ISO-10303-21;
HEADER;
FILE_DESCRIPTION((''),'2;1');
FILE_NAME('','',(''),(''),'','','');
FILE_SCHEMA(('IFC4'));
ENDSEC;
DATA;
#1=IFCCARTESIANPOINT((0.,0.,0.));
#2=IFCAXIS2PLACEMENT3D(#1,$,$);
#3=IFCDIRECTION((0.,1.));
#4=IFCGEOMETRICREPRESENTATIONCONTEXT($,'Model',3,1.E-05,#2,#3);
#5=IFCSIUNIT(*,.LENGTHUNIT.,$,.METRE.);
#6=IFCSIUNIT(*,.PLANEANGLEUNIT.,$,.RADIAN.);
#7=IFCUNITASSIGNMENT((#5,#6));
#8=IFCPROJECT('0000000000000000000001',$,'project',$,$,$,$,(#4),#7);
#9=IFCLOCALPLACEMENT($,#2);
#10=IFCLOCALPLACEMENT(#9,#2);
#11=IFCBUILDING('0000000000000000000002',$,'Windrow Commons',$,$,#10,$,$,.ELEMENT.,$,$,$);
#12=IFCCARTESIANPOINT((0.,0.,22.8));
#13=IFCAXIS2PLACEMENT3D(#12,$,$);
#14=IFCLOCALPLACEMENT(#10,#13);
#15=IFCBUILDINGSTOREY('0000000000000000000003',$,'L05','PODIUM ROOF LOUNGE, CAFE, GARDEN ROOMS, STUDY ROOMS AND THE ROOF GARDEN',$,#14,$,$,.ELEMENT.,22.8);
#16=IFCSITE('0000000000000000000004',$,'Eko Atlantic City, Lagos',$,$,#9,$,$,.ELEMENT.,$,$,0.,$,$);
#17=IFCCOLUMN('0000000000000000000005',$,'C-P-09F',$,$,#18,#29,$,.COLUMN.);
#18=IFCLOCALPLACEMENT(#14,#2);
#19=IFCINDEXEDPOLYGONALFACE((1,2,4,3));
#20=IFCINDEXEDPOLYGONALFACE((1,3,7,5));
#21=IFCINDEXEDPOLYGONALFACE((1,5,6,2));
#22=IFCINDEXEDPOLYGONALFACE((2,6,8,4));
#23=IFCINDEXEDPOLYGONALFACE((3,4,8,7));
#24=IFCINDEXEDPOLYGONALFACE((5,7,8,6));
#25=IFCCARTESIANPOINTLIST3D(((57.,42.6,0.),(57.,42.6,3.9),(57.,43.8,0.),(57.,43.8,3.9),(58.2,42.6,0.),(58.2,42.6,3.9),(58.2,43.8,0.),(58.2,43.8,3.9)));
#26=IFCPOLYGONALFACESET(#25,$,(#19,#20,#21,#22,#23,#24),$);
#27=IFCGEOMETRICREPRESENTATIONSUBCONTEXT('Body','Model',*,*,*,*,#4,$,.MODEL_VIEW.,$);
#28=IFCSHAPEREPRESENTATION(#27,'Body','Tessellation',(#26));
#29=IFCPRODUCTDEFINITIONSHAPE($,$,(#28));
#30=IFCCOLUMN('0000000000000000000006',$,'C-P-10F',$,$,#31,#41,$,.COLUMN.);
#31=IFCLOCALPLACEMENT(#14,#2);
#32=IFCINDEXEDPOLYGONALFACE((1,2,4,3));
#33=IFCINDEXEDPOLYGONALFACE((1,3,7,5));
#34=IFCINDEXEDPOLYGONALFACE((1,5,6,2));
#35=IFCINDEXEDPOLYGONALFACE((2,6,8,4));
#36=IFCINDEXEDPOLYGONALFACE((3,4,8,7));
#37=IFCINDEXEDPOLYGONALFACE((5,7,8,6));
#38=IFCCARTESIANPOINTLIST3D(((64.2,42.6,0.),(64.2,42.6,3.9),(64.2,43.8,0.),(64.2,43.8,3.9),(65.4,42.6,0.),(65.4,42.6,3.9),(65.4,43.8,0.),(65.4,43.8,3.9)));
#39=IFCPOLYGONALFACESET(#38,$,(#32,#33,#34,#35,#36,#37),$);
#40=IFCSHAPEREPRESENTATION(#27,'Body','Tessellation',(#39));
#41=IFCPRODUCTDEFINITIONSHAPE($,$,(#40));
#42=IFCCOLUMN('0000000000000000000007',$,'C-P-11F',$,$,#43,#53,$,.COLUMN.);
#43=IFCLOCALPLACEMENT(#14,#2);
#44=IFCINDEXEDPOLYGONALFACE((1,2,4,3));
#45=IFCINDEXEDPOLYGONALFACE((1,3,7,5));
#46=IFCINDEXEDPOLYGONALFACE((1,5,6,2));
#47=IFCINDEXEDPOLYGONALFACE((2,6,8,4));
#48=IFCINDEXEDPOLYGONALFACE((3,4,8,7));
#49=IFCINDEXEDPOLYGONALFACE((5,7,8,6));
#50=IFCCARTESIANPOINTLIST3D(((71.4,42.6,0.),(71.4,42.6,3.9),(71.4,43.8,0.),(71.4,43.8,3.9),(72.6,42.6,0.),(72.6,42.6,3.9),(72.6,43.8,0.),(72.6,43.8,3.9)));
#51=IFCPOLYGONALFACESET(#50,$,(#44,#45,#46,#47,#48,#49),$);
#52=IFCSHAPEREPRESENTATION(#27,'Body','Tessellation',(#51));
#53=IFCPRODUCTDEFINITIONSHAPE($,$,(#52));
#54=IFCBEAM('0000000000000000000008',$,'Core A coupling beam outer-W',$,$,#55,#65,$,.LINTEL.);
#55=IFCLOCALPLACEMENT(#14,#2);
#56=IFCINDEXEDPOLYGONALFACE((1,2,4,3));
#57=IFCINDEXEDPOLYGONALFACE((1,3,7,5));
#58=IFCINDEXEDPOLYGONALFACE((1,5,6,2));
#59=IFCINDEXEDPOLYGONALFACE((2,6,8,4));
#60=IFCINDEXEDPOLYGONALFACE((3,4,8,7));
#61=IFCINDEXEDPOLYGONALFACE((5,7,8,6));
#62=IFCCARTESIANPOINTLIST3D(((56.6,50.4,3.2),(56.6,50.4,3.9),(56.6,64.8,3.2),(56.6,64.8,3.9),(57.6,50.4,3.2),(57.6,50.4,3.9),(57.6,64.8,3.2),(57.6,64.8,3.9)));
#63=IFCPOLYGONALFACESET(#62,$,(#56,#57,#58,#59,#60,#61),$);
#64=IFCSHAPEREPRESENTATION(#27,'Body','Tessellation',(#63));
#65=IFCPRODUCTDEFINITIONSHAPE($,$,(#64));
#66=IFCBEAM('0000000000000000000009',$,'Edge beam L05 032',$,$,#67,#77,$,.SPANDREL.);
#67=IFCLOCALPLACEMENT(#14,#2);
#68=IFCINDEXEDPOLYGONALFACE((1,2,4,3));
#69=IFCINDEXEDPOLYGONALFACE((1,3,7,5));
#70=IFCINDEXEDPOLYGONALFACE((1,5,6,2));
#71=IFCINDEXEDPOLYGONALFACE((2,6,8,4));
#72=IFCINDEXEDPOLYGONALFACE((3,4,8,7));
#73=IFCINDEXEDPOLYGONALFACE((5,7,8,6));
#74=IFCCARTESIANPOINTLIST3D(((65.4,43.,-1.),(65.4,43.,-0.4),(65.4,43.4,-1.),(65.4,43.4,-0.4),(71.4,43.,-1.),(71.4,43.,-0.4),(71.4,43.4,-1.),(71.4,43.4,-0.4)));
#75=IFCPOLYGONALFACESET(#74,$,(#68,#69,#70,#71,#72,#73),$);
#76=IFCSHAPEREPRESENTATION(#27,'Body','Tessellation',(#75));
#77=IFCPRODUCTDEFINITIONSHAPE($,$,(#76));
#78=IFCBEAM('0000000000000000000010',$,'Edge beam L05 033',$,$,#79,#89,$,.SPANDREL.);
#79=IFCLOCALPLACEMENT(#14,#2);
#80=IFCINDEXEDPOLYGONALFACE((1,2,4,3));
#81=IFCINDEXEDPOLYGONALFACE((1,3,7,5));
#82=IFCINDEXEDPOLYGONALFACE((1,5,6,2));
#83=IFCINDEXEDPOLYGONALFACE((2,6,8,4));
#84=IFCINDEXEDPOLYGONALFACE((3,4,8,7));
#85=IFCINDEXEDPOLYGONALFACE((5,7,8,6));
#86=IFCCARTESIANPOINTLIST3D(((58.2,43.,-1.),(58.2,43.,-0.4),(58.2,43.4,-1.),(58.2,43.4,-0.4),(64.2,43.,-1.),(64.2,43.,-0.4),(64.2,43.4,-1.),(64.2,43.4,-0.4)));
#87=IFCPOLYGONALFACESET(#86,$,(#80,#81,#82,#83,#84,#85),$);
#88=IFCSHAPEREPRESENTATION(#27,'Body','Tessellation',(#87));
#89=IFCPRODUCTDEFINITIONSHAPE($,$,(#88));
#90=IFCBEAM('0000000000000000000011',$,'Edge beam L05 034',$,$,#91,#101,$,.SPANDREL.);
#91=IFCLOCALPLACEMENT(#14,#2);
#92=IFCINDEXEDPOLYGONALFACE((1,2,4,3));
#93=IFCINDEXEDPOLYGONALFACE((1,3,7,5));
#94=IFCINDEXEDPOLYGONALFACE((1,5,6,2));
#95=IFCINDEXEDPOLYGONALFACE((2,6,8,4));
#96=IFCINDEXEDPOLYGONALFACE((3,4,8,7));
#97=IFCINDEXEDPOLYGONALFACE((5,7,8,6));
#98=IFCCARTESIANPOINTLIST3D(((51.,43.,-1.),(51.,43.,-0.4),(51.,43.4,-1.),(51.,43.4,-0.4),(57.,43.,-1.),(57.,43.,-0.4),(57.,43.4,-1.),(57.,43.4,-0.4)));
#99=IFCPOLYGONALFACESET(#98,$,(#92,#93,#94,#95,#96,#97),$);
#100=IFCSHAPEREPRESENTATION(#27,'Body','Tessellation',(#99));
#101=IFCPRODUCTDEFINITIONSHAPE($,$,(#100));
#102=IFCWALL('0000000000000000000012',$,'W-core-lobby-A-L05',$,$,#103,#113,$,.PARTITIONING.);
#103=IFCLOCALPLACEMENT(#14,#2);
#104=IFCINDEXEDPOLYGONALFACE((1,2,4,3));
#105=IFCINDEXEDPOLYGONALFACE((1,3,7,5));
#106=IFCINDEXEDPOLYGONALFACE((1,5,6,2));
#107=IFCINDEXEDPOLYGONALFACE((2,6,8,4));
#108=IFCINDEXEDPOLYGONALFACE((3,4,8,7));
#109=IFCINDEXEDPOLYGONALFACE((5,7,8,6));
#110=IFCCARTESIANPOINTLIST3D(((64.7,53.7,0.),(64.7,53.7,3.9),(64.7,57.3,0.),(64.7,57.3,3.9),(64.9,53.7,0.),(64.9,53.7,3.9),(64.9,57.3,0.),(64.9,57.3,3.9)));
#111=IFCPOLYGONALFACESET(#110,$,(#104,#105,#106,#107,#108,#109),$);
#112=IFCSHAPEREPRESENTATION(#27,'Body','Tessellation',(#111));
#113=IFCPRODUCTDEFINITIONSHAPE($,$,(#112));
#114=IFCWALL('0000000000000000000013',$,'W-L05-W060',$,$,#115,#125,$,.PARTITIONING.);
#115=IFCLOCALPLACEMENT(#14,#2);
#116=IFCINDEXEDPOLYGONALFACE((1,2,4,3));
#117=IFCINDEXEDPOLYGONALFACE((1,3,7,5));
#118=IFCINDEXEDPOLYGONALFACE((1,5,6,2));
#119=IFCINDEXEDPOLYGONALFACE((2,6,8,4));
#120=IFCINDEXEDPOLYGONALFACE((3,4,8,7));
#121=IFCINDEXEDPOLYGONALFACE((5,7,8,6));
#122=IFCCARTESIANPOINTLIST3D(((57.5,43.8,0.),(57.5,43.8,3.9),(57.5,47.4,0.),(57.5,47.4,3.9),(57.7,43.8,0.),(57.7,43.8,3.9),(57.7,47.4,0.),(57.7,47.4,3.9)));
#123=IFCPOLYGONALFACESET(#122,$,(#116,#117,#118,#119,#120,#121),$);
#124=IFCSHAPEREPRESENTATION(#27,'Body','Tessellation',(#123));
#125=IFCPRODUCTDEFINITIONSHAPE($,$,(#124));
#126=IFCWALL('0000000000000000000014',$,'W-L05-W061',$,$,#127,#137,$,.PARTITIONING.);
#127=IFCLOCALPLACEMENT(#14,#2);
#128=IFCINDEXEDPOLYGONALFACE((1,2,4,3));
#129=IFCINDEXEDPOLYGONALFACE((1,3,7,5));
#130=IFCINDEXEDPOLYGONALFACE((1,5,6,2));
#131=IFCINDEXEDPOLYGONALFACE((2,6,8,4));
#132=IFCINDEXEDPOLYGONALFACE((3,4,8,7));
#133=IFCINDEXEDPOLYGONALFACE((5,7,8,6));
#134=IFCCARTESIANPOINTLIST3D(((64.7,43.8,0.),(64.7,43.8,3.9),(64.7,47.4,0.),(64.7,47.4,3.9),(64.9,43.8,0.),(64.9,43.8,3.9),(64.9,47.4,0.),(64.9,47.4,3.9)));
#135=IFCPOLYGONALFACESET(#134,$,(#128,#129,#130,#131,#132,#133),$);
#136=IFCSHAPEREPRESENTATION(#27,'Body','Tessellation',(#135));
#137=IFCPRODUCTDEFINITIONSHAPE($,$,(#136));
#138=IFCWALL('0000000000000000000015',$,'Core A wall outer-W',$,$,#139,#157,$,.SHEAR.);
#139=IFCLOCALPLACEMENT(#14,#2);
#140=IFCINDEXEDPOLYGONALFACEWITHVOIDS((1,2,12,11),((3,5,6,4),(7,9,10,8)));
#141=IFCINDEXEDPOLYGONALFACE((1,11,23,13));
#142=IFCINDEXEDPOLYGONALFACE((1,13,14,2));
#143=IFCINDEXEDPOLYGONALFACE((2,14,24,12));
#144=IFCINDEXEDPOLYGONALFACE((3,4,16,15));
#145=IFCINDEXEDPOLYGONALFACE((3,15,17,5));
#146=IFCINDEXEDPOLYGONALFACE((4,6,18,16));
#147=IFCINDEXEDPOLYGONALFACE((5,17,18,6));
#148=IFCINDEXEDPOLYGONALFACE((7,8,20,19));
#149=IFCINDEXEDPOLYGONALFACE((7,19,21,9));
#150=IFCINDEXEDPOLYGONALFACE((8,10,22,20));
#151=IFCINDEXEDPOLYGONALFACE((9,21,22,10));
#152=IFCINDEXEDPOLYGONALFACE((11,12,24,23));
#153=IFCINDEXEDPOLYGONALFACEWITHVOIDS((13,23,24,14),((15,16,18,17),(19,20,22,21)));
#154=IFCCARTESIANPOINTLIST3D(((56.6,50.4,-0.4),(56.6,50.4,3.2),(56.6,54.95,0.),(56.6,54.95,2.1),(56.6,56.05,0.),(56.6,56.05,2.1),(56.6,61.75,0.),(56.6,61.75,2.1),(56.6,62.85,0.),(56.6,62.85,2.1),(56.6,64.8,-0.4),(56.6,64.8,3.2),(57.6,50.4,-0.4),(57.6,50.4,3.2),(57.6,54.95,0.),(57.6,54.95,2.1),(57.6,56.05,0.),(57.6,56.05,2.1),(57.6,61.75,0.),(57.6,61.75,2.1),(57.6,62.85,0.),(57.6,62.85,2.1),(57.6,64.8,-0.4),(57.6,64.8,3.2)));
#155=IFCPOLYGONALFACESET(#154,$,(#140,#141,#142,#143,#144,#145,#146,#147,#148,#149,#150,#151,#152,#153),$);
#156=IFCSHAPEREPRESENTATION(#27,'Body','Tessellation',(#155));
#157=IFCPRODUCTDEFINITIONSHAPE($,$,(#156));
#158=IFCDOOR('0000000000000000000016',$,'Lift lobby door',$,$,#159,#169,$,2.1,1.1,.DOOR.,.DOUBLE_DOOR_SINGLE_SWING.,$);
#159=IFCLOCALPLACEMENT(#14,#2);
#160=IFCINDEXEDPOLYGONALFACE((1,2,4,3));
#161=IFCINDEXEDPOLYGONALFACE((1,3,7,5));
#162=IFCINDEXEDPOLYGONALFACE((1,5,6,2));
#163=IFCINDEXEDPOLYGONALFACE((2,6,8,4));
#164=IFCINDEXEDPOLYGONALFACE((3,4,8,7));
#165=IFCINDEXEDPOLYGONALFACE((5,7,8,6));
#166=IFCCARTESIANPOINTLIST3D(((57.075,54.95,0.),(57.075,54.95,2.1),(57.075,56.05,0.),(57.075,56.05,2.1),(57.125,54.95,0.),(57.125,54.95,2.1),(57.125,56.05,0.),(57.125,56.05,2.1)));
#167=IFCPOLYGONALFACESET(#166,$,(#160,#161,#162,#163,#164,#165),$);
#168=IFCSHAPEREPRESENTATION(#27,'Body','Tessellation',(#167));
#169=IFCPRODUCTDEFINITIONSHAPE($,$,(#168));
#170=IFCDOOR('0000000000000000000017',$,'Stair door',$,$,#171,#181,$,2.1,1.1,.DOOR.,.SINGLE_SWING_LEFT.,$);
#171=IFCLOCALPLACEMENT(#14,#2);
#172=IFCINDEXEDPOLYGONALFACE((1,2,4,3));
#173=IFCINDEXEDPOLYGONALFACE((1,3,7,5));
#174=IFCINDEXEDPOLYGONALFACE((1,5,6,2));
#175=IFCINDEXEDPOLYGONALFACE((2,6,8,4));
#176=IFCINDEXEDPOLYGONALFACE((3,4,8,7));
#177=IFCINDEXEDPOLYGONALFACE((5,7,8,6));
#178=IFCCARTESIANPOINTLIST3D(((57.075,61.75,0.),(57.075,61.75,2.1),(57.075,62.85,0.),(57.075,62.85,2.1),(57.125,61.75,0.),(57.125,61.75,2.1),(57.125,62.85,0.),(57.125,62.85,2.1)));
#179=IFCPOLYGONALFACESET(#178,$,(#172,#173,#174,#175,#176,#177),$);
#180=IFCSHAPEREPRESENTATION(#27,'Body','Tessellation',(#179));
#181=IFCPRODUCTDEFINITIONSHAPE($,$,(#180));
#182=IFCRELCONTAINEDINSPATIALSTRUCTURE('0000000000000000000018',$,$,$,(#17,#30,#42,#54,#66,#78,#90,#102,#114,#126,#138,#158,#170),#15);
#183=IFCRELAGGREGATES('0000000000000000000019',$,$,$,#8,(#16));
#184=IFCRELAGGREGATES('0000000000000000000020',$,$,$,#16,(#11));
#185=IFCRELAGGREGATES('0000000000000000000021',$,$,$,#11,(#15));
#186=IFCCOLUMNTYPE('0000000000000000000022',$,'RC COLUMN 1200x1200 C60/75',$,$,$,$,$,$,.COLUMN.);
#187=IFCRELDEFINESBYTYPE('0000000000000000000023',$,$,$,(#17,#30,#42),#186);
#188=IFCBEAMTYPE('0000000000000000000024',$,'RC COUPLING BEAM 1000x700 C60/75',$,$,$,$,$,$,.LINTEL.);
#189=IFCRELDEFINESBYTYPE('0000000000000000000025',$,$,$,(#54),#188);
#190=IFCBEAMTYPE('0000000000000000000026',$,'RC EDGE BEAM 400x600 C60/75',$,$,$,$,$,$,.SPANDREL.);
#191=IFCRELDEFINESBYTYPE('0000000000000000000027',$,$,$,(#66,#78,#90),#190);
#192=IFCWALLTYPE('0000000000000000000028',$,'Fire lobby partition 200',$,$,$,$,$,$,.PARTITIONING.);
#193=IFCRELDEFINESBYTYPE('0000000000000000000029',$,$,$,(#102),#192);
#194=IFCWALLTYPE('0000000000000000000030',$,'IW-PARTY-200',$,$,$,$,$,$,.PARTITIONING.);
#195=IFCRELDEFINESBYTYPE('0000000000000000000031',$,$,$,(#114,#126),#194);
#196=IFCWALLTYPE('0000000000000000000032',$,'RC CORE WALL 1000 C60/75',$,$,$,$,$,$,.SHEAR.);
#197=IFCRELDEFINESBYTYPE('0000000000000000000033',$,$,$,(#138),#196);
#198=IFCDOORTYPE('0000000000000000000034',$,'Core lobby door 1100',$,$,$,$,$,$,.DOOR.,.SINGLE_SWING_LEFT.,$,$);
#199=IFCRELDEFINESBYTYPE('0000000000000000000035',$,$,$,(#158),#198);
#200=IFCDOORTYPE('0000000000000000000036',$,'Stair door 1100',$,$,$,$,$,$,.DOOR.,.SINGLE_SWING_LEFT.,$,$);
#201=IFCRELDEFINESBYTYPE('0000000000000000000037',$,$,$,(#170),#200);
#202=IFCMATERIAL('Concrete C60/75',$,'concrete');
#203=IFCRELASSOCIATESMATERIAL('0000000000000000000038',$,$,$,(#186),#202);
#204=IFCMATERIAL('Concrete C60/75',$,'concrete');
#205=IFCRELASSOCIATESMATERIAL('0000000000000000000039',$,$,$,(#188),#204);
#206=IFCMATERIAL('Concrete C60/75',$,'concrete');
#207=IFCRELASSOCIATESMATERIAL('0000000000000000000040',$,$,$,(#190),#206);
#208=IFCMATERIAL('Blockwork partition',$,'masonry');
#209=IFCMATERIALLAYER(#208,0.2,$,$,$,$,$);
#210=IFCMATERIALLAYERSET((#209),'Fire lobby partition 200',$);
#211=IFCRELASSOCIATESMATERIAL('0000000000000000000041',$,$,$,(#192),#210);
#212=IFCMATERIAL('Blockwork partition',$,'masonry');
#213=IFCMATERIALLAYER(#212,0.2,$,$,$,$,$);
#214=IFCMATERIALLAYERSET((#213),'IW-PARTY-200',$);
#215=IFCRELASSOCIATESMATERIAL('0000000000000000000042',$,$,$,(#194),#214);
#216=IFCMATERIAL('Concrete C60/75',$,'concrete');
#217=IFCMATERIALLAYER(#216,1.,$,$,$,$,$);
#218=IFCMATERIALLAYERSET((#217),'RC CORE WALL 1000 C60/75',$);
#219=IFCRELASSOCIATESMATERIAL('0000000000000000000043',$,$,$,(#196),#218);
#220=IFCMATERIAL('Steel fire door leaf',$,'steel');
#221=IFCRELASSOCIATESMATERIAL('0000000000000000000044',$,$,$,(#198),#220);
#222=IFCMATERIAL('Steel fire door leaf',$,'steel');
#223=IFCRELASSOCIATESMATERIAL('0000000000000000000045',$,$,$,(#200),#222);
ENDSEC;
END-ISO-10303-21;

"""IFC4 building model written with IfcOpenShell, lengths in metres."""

from ifc_helpers import new_model, si_unit, direction, frame, frame_2d, origin, origin_2d, place, context, subcontext, project, spatial, rectangle, extrude, material, layer, layer_set, material_profile, profile_set, type_object, element, fill, save


model = new_model("IFC4")

# Units and contexts
model_context = context("Model", 3, precision=1e-05, world=origin(), true_north=direction((0.0, 1.0)))
body_context = subcontext(model_context, "Body", "Model", "MODEL_VIEW")
ifc_project = project(units=[si_unit("LENGTHUNIT", "METRE"), si_unit("PLANEANGLEUNIT", "RADIAN")], contexts=[model_context])

# Site, building, storey
site_placement = place(None, origin())
site = spatial("IfcSite", under=ifc_project, at=site_placement, Name="Eko Atlantic City, Lagos", CompositionType="ELEMENT", RefElevation=0.0)
building_placement = place(site_placement, origin())
building = spatial("IfcBuilding", under=site, at=building_placement, Name="Windrow Commons", CompositionType="ELEMENT")
storey_placement = place(building_placement, frame((0.0, 0.0, 22.8)))
storey = spatial("IfcBuildingStorey", under=building, at=storey_placement, Name="L05", Description="PODIUM ROOF LOUNGE, CAFE, GARDEN ROOMS, STUDY ROOMS AND THE ROOF GARDEN", CompositionType="ELEMENT", Elevation=22.8)

# Columns
ifc_material_1 = material(Name="Concrete C60/75", Category="concrete")
ifc_material_profile_1 = material_profile(ifc_material_1, rectangle(XDim=1.2, YDim=1.2, at=origin_2d()))
ifc_profile_set_1 = profile_set([ifc_material_profile_1], Name="Concrete C60/75")
column_type = type_object("IfcColumnType", Name="RC COLUMN 1200x1200 C60/75", PredefinedType="COLUMN", material=ifc_profile_set_1)
for number, where, z_axis, x_axis, name in (
    (1, (57.6, 43.2, 0.0), (0.0, 0.0, 1.0), (1.0, 0.0, 0.0), "C-P-09F"),
    (2, (64.8, 43.2, 0.0), (0.0, 0.0, 1.0), (1.0, 0.0, 0.0), "C-P-10F"),
    (3, (72.0, 43.2, 0.0), (0.0, 0.0, 1.0), (1.0, 0.0, 0.0), "C-P-11F"),
):
    element("IfcColumn", number, at=place(storey_placement, frame(where, z_axis=z_axis, x_axis=x_axis)), inside=storey, type_object=column_type, Name=name, PredefinedType="COLUMN", context=body_context, shape_type="SweptSolid", body=[
        extrude(rectangle(XDim=1.2, YDim=1.2, at=origin_2d()), origin(), (0.0, 0.0, 1.0), 3.9),
    ])

# Beams
ifc_material_2 = material(Name="Concrete C60/75", Category="concrete")
ifc_material_profile_2 = material_profile(ifc_material_2, rectangle(XDim=1.0, YDim=0.7, at=origin_2d()))
ifc_profile_set_2 = profile_set([ifc_material_profile_2], Name="Concrete C60/75")
beam_type_1 = type_object("IfcBeamType", Name="RC COUPLING BEAM 1000x700 C60/75", PredefinedType="LINTEL", material=ifc_profile_set_2)
beam_placement = place(storey_placement, frame((57.1, 50.4, 3.55), z_axis=(0.0, 1.0, 0.0), x_axis=(-1.0, 0.0, 0.0)))
element("IfcBeam", 4, at=beam_placement, inside=storey, type_object=beam_type_1, Name="Core A coupling beam outer-W", PredefinedType="LINTEL", context=body_context, shape_type="SweptSolid", body=[
    extrude(rectangle(XDim=1.0, YDim=0.7, at=origin_2d()), origin(), (0.0, 0.0, 1.0), 14.4),
])
ifc_material_3 = material(Name="Concrete C60/75", Category="concrete")
ifc_material_profile_3 = material_profile(ifc_material_3, rectangle(XDim=0.4, YDim=0.6, at=origin_2d()))
ifc_profile_set_3 = profile_set([ifc_material_profile_3], Name="Concrete C60/75")
beam_type_2 = type_object("IfcBeamType", Name="RC EDGE BEAM 400x600 C60/75", PredefinedType="SPANDREL", material=ifc_profile_set_3)
for number, where, z_axis, x_axis, name in (
    (5, (71.4, 43.2, -0.7), (-1.0, 0.0, 0.0), (0.0, -1.0, 0.0), "Edge beam L05 032"),
    (6, (64.2, 43.2, -0.7), (-1.0, 0.0, 0.0), (0.0, -1.0, 0.0), "Edge beam L05 033"),
    (7, (57.0, 43.2, -0.7), (-1.0, 0.0, 0.0), (0.0, -1.0, 0.0), "Edge beam L05 034"),
):
    element("IfcBeam", number, at=place(storey_placement, frame(where, z_axis=z_axis, x_axis=x_axis)), inside=storey, type_object=beam_type_2, Name=name, PredefinedType="SPANDREL", context=body_context, shape_type="SweptSolid", body=[
        extrude(rectangle(XDim=0.4, YDim=0.6, at=origin_2d()), origin(), (0.0, 0.0, 1.0), 6.0),
    ])

# Walls
ifc_material_4 = material(Name="Blockwork partition", Category="masonry")
ifc_layer_1 = layer(ifc_material_4, 0.2)
ifc_layer_set_1 = layer_set([ifc_layer_1], Name="Fire lobby partition 200")
wall_type_1 = type_object("IfcWallType", Name="Fire lobby partition 200", PredefinedType="PARTITIONING", material=ifc_layer_set_1)
wall_1_placement = place(storey_placement, frame((64.8, 53.7, 0.0), z_axis=(0.0, 0.0, 1.0), x_axis=(0.0, 1.0, 0.0)))
element("IfcWall", 8, at=wall_1_placement, inside=storey, type_object=wall_type_1, Name="W-core-lobby-A-L05", PredefinedType="PARTITIONING", context=body_context, shape_type="SweptSolid", body=[
    extrude(rectangle(XDim=3.6, YDim=0.2, at=frame_2d((1.8, 0.0))), origin(), (0.0, 0.0, 1.0), 3.9),
])
ifc_material_5 = material(Name="Blockwork partition", Category="masonry")
ifc_layer_2 = layer(ifc_material_5, 0.2)
ifc_layer_set_2 = layer_set([ifc_layer_2], Name="IW-PARTY-200")
wall_type_2 = type_object("IfcWallType", Name="IW-PARTY-200", PredefinedType="PARTITIONING", material=ifc_layer_set_2)
for number, where, z_axis, x_axis, name in (
    (9, (57.6, 43.8, 0.0), (0.0, 0.0, 1.0), (0.0, 1.0, 0.0), "W-L05-W060"),
    (10, (64.8, 43.8, 0.0), (0.0, 0.0, 1.0), (0.0, 1.0, 0.0), "W-L05-W061"),
):
    element("IfcWall", number, at=place(storey_placement, frame(where, z_axis=z_axis, x_axis=x_axis)), inside=storey, type_object=wall_type_2, Name=name, PredefinedType="PARTITIONING", context=body_context, shape_type="SweptSolid", body=[
        extrude(rectangle(XDim=3.6, YDim=0.2, at=frame_2d((1.8, 0.0))), origin(), (0.0, 0.0, 1.0), 3.9),
    ])

# Wall, openings, doors
ifc_material_6 = material(Name="Concrete C60/75", Category="concrete")
ifc_layer_3 = layer(ifc_material_6, 1.0)
ifc_layer_set_3 = layer_set([ifc_layer_3], Name="RC CORE WALL 1000 C60/75")
wall_type_3 = type_object("IfcWallType", Name="RC CORE WALL 1000 C60/75", PredefinedType="SHEAR", material=ifc_layer_set_3)
wall_2_placement = place(storey_placement, frame((57.1, 50.4, -0.4), z_axis=(0.0, 0.0, 1.0), x_axis=(0.0, 1.0, 0.0)))
wall_2 = element("IfcWall", 11, at=wall_2_placement, inside=storey, type_object=wall_type_3, Name="Core A wall outer-W", PredefinedType="SHEAR", context=body_context, shape_type="SweptSolid", body=[
    extrude(rectangle(XDim=14.4, YDim=1.0, at=frame_2d((7.2, 0.0))), origin(), (0.0, 0.0, 1.0), 3.6),
])
opening_1_placement = place(wall_2_placement, frame((4.55, 0.0, 0.4)))
opening_1 = element("IfcOpeningElement", 12, at=opening_1_placement, cuts=wall_2, PredefinedType="OPENING", context=body_context, shape_type="SweptSolid", body=[
    extrude(rectangle(XDim=1.1, YDim=2.1, at=frame_2d((0.55, 1.05))), frame((0.0, 0.51, 0.0), z_axis=(0.0, -1.0, 0.0), x_axis=(1.0, 0.0, 0.0)), (0.0, 0.0, 1.0), 1.02),
])
opening_2_placement = place(wall_2_placement, frame((11.35, 0.0, 0.4)))
opening_2 = element("IfcOpeningElement", 13, at=opening_2_placement, cuts=wall_2, PredefinedType="OPENING", context=body_context, shape_type="SweptSolid", body=[
    extrude(rectangle(XDim=1.1, YDim=2.1, at=frame_2d((0.55, 1.05))), frame((0.0, 0.51, 0.0), z_axis=(0.0, -1.0, 0.0), x_axis=(1.0, 0.0, 0.0)), (0.0, 0.0, 1.0), 1.02),
])
ifc_material_7 = material(Name="Steel fire door leaf", Category="steel")
door_type_1 = type_object("IfcDoorType", Name="Core lobby door 1100", OperationType="SINGLE_SWING_LEFT", PredefinedType="DOOR", material=ifc_material_7)
door_1_placement = place(opening_1_placement, origin())
door_1 = element("IfcDoor", 14, at=door_1_placement, inside=storey, type_object=door_type_1, Name="Lift lobby door", OperationType="DOUBLE_DOOR_SINGLE_SWING", OverallHeight=2.1, OverallWidth=1.1, PredefinedType="DOOR", context=body_context, shape_type="SweptSolid", body=[
    extrude(rectangle(XDim=1.1, YDim=2.1, at=frame_2d((0.55, 1.05))), frame((0.0, 0.025, 0.0), z_axis=(0.0, -1.0, 0.0), x_axis=(1.0, 0.0, 0.0)), (0.0, 0.0, 1.0), 0.05),
])
fill(opening_1, door_1)
ifc_material_8 = material(Name="Steel fire door leaf", Category="steel")
door_type_2 = type_object("IfcDoorType", Name="Stair door 1100", OperationType="SINGLE_SWING_LEFT", PredefinedType="DOOR", material=ifc_material_8)
door_2_placement = place(opening_2_placement, origin())
door_2 = element("IfcDoor", 15, at=door_2_placement, inside=storey, type_object=door_type_2, Name="Stair door", OperationType="SINGLE_SWING_LEFT", OverallHeight=2.1, OverallWidth=1.1, PredefinedType="DOOR", context=body_context, shape_type="SweptSolid", body=[
    extrude(rectangle(XDim=1.1, YDim=2.1, at=frame_2d((0.55, 1.05))), frame((0.0, 0.025, 0.0), z_axis=(0.0, -1.0, 0.0), x_axis=(1.0, 0.0, 0.0)), (0.0, 0.0, 1.0), 0.05),
])
fill(opening_2, door_2)

save(model, "model.ifc")
